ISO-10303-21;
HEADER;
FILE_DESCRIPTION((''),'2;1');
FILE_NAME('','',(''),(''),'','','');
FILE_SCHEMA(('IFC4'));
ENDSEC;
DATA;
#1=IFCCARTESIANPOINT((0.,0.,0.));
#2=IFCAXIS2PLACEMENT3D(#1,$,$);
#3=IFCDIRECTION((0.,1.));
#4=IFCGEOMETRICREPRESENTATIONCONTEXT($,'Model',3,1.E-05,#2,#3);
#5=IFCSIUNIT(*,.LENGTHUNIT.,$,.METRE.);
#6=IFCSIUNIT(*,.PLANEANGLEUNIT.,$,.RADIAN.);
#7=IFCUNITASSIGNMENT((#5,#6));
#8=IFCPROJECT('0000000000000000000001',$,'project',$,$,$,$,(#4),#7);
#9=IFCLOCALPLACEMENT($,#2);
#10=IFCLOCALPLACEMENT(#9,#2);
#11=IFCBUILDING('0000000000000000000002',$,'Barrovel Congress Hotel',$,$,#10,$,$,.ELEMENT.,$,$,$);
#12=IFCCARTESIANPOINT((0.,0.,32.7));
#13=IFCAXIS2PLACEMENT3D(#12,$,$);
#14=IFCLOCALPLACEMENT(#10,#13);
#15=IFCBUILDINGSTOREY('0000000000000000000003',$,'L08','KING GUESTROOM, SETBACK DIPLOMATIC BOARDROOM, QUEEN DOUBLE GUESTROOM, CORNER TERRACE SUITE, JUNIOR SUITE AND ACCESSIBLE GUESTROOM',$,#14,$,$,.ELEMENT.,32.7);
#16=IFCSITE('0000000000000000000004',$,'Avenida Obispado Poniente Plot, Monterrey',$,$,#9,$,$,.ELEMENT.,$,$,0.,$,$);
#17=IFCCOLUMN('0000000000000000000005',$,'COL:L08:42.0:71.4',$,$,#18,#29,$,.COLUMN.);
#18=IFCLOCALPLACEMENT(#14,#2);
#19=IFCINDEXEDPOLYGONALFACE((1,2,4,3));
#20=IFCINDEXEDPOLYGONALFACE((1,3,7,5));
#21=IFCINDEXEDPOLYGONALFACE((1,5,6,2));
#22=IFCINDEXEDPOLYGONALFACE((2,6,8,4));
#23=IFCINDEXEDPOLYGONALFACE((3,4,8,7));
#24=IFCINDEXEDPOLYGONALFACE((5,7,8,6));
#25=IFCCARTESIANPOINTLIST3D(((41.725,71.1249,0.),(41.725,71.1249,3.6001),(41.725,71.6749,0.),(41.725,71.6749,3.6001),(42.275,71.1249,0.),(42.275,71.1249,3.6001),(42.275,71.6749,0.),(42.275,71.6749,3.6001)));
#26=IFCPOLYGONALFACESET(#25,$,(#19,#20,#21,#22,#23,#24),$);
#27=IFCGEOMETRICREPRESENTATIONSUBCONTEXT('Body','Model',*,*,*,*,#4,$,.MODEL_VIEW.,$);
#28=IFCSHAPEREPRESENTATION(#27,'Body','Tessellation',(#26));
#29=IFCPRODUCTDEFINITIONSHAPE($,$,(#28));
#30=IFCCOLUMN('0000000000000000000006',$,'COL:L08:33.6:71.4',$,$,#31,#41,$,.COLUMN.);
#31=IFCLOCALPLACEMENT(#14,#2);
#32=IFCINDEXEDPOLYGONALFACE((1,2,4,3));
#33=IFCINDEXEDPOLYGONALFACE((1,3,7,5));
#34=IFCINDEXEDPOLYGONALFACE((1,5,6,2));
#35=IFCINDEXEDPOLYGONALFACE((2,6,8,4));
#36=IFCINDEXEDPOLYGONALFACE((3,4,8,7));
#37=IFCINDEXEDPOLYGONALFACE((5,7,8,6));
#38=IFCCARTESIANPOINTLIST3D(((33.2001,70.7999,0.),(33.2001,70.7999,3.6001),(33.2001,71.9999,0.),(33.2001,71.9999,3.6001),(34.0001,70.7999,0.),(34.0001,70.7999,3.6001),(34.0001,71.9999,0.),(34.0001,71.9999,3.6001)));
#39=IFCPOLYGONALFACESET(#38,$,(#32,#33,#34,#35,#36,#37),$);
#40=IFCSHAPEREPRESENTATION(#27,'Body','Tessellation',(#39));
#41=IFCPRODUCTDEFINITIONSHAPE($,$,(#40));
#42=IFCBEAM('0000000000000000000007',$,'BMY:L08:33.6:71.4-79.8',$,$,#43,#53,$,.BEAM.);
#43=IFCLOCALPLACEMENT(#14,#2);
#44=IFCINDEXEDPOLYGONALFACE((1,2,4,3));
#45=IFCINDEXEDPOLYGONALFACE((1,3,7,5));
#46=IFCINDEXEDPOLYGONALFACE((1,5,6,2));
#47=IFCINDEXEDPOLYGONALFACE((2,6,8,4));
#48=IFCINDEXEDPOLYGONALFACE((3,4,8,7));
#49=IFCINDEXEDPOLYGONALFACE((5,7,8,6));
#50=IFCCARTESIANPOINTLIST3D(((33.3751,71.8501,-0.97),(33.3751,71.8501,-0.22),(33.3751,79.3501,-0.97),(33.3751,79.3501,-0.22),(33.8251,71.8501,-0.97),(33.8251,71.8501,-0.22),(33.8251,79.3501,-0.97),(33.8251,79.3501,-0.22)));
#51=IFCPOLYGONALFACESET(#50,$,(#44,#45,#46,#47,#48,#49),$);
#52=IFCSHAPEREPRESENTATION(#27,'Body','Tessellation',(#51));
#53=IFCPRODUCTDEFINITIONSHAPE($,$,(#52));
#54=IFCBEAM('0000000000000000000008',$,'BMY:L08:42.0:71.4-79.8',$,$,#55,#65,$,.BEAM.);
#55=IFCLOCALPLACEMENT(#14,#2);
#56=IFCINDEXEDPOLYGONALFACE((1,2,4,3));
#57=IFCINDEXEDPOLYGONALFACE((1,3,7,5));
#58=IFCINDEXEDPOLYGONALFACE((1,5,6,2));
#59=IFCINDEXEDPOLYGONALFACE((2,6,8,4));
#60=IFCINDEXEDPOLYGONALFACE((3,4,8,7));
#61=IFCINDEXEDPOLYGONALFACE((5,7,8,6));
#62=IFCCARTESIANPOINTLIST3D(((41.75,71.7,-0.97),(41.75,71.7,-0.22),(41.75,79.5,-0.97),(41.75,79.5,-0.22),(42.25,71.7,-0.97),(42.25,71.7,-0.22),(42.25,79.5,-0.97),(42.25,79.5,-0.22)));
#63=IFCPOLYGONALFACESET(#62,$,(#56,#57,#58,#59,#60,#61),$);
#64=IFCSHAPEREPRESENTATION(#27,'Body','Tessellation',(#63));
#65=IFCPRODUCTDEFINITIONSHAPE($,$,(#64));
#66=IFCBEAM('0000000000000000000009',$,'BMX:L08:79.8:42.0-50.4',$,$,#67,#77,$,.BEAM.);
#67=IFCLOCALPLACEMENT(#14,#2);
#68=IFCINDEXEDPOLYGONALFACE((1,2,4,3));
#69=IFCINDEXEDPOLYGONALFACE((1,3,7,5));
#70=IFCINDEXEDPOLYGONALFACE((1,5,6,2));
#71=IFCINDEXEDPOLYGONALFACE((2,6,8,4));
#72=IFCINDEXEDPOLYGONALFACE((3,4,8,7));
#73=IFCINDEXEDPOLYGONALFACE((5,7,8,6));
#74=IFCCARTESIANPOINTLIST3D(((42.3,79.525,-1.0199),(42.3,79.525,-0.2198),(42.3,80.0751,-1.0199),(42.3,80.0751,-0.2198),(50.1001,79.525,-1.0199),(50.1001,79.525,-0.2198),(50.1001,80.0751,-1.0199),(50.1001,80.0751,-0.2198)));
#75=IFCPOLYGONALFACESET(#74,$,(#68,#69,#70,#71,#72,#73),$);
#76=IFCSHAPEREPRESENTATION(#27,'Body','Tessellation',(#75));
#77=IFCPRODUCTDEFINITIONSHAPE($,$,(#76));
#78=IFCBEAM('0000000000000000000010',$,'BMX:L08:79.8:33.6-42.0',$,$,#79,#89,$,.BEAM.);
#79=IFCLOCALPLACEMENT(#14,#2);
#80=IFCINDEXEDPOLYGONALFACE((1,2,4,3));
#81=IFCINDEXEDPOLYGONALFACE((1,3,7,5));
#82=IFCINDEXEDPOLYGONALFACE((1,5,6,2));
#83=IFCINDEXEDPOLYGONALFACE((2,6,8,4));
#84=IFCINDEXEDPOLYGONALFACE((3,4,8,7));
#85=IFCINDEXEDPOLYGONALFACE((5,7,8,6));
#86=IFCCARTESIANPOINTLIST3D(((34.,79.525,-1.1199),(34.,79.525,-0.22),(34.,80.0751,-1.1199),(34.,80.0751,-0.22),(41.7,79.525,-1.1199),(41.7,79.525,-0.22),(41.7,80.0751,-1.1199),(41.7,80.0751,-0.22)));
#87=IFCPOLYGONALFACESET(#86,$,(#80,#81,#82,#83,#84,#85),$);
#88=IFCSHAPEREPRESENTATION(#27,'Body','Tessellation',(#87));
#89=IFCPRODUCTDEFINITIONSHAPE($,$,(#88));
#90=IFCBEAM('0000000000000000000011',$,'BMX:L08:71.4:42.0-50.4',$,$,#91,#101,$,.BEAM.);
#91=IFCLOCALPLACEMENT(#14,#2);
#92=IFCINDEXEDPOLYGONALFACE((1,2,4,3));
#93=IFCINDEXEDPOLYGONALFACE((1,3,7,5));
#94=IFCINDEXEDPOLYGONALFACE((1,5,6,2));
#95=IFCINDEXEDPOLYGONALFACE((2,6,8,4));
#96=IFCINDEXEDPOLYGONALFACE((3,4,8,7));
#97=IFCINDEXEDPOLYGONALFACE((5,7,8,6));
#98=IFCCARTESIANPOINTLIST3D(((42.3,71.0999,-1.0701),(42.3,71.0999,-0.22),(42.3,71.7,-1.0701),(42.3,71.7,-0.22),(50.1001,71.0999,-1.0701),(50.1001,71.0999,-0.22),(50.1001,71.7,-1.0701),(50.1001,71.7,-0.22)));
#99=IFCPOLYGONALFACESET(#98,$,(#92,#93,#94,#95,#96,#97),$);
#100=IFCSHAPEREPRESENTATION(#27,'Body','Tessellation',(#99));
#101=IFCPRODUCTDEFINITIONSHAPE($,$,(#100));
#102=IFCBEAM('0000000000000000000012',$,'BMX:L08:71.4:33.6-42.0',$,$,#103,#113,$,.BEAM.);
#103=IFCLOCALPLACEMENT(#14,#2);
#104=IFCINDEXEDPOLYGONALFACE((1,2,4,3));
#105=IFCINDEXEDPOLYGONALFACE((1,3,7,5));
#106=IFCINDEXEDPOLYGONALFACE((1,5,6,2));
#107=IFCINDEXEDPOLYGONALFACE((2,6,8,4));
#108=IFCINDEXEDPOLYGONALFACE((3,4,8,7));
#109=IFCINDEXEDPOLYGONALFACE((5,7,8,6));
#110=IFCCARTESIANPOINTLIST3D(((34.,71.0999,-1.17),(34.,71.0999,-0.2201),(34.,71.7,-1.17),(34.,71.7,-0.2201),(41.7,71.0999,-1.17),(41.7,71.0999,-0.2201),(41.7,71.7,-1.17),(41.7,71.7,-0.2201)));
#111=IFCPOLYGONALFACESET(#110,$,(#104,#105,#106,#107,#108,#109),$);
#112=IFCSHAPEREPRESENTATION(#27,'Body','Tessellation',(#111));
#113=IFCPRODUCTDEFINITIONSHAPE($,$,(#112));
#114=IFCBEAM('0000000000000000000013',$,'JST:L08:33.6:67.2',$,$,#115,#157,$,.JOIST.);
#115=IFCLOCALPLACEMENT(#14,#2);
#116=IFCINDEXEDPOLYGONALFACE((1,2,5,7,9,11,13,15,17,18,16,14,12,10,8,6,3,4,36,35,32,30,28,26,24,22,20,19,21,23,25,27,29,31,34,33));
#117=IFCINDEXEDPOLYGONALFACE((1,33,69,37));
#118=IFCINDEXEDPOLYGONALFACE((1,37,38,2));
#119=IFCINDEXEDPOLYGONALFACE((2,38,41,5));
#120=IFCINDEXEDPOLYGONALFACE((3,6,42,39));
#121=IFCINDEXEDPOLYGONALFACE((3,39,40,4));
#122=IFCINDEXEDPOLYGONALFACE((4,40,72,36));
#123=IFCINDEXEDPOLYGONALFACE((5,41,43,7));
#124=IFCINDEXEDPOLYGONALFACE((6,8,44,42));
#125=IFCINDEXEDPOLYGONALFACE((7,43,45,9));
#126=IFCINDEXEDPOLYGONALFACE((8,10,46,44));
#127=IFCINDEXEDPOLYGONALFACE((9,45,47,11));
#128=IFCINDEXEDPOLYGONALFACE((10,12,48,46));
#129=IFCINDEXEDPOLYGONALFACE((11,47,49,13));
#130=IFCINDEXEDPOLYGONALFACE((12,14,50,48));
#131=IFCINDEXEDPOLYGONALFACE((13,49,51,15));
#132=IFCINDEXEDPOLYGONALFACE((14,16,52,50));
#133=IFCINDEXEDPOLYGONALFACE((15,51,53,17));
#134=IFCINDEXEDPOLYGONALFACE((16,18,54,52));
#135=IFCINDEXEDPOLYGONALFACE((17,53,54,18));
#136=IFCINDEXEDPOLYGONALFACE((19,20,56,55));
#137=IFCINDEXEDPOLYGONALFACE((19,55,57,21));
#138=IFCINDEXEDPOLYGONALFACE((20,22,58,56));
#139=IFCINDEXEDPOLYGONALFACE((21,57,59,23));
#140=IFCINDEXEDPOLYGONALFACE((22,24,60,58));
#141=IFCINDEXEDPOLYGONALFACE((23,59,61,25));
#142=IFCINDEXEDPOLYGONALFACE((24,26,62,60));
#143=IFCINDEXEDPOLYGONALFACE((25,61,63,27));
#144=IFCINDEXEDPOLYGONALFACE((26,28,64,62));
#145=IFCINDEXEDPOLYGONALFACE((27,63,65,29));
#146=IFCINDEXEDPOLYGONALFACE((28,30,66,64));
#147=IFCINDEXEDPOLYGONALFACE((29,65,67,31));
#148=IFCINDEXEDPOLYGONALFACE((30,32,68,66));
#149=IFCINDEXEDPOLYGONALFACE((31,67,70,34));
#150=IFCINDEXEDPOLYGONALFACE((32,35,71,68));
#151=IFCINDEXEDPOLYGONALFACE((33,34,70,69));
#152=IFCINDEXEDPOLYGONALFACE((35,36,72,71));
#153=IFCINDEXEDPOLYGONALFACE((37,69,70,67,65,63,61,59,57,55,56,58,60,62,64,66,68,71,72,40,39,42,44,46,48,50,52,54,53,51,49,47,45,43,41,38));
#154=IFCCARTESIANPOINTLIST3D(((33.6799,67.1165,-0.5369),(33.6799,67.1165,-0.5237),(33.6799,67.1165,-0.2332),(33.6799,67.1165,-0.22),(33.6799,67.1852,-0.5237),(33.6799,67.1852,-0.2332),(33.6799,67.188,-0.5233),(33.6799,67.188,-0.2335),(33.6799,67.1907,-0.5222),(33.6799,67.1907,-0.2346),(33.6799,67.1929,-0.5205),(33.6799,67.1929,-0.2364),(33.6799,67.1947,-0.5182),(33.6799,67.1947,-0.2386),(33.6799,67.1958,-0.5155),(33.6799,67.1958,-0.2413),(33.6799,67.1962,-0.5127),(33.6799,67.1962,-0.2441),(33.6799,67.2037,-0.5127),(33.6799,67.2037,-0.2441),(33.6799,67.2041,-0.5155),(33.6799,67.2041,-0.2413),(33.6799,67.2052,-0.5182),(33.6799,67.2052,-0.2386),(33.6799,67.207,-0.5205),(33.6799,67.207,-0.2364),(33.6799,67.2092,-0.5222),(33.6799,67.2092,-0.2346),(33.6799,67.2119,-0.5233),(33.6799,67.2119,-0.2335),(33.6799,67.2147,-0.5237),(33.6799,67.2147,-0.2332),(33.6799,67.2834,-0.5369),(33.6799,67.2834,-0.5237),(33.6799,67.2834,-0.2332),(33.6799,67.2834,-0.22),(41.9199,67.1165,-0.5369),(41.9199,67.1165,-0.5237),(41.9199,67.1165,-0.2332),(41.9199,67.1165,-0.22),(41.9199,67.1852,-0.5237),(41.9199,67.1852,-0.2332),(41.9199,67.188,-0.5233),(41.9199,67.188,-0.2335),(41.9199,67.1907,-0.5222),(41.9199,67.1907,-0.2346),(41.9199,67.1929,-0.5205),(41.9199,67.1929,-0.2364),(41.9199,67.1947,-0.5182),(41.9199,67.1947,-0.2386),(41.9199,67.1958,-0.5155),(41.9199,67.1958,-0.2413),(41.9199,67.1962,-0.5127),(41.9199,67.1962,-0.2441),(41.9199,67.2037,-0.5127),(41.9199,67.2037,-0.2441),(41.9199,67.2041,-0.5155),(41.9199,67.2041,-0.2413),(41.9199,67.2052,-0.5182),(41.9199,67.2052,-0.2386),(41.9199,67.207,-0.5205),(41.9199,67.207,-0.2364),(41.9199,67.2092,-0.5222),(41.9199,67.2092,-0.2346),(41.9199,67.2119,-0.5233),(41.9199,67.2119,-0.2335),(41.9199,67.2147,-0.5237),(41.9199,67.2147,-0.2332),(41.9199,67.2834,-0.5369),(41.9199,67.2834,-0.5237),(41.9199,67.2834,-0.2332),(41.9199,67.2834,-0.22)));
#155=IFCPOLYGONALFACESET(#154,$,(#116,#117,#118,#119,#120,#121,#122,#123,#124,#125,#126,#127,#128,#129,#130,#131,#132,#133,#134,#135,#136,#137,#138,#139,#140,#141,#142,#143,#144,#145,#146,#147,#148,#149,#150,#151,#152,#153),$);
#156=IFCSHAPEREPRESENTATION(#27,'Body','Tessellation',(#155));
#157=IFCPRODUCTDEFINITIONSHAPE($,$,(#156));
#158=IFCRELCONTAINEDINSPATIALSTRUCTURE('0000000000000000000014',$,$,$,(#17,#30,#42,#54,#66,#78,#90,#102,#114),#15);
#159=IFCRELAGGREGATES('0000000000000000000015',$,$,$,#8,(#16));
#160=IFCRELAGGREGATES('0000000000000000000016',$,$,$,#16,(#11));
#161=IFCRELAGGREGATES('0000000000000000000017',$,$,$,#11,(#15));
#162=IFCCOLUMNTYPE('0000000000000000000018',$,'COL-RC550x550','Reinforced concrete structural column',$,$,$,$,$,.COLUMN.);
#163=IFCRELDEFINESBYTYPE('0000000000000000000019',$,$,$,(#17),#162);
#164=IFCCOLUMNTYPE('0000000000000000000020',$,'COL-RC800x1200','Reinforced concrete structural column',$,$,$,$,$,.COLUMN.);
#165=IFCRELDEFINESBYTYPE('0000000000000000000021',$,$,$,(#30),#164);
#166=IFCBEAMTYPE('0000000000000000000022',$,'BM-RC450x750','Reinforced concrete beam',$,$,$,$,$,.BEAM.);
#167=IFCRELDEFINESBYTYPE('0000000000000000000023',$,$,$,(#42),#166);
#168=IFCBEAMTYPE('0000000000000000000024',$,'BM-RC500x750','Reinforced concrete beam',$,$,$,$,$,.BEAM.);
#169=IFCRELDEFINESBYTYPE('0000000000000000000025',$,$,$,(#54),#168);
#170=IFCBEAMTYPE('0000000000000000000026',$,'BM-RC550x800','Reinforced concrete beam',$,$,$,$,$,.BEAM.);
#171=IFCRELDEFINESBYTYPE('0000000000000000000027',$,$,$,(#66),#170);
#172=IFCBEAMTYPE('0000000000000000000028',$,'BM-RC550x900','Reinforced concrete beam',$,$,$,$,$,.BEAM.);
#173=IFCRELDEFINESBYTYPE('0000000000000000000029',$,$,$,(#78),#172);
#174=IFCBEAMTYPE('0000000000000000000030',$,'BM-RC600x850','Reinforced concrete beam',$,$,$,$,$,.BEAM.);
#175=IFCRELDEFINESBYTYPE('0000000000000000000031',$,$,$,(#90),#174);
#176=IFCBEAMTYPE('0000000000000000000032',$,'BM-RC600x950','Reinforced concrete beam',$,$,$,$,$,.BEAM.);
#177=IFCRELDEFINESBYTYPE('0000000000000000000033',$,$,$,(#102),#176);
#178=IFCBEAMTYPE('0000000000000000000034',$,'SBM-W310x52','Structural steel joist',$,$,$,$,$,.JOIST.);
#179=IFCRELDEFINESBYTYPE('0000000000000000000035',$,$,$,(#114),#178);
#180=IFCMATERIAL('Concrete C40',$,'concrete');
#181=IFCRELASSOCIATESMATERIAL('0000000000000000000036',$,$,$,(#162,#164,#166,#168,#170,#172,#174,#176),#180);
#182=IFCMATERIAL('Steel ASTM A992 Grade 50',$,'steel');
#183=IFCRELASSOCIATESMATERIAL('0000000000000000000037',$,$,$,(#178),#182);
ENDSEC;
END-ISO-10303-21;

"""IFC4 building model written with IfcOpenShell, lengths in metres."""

from ifc_helpers import new_model, si_unit, direction, frame, origin, origin_2d, place, context, subcontext, project, spatial, rectangle, i_section, extrude, material, material_profile, profile_set, type_object, element, save


model = new_model("IFC4")

# Units and contexts
model_context = context("Model", 3, precision=1e-05, world=origin(), true_north=direction((0.0, 1.0)))
body_context = subcontext(model_context, "Body", "Model", "MODEL_VIEW")
ifc_project = project(units=[si_unit("LENGTHUNIT", "METRE"), si_unit("PLANEANGLEUNIT", "RADIAN")], contexts=[model_context])

# Site, building, storey
site_placement = place(None, origin())
site = spatial("IfcSite", under=ifc_project, at=site_placement, Name="Avenida Obispado Poniente Plot, Monterrey", CompositionType="ELEMENT", RefElevation=0.0)
building_placement = place(site_placement, origin())
building = spatial("IfcBuilding", under=site, at=building_placement, Name="Barrovel Congress Hotel", CompositionType="ELEMENT")
storey_placement = place(building_placement, frame((0.0, 0.0, 32.7)))
storey = spatial("IfcBuildingStorey", under=building, at=storey_placement, Name="L08", Description="KING GUESTROOM, SETBACK DIPLOMATIC BOARDROOM, QUEEN DOUBLE GUESTROOM, CORNER TERRACE SUITE, JUNIOR SUITE AND ACCESSIBLE GUESTROOM", CompositionType="ELEMENT", Elevation=32.7)

# Columns
ifc_material_1 = material(Name="Concrete C40", Category="concrete")
ifc_material_profile_1 = material_profile(ifc_material_1, rectangle(XDim=0.55, YDim=0.55, at=origin_2d()), Name="RC550x550")
ifc_profile_set_1 = profile_set([ifc_material_profile_1], Name="Concrete C40")
column_type_1 = type_object("IfcColumnType", Name="COL-RC550x550", Description="Reinforced concrete structural column", PredefinedType="COLUMN", material=ifc_profile_set_1)
column_1_placement = place(storey_placement, frame((42.0, 71.3999, 0.0), z_axis=(0.0, 0.0, 1.0), x_axis=(1.0, 0.0, 0.0)))
element("IfcColumn", 1, at=column_1_placement, inside=storey, type_object=column_type_1, Name="COL:L08:42.0:71.4", PredefinedType="COLUMN", context=body_context, shape_type="SweptSolid", body=[
    extrude(rectangle(XDim=0.55, YDim=0.55, at=origin_2d()), origin(), (0.0, 0.0, 1.0), 3.6001),
])
ifc_material_profile_2 = material_profile(ifc_material_1, rectangle(XDim=0.8, YDim=1.2, at=origin_2d()), Name="RC800x1200")
ifc_profile_set_2 = profile_set([ifc_material_profile_2], Name="Concrete C40")
column_type_2 = type_object("IfcColumnType", Name="COL-RC800x1200", Description="Reinforced concrete structural column", PredefinedType="COLUMN", material=ifc_profile_set_2)
column_2_placement = place(storey_placement, frame((33.6001, 71.3999, 0.0), z_axis=(0.0, 0.0, 1.0), x_axis=(1.0, 0.0, 0.0)))
element("IfcColumn", 2, at=column_2_placement, inside=storey, type_object=column_type_2, Name="COL:L08:33.6:71.4", PredefinedType="COLUMN", context=body_context, shape_type="SweptSolid", body=[
    extrude(rectangle(XDim=0.8, YDim=1.2, at=origin_2d()), origin(), (0.0, 0.0, 1.0), 3.6001),
])

# Beams
ifc_material_profile_3 = material_profile(ifc_material_1, rectangle(XDim=0.45, YDim=0.75, at=origin_2d()), Name="RC450x750")
ifc_profile_set_3 = profile_set([ifc_material_profile_3], Name="Concrete C40")
beam_type_1 = type_object("IfcBeamType", Name="BM-RC450x750", Description="Reinforced concrete beam", PredefinedType="BEAM", material=ifc_profile_set_3)
beam_1_placement = place(storey_placement, frame((33.6001, 71.8501, -0.595), z_axis=(0.0, 1.0, 0.0), x_axis=(-1.0, 0.0, 0.0)))
element("IfcBeam", 3, at=beam_1_placement, inside=storey, type_object=beam_type_1, Name="BMY:L08:33.6:71.4-79.8", PredefinedType="BEAM", context=body_context, shape_type="SweptSolid", body=[
    extrude(rectangle(XDim=0.45, YDim=0.75, at=origin_2d()), origin(), (0.0, 0.0, 1.0), 7.5),
])
ifc_material_profile_4 = material_profile(ifc_material_1, rectangle(XDim=0.5, YDim=0.75, at=origin_2d()), Name="RC500x750")
ifc_profile_set_4 = profile_set([ifc_material_profile_4], Name="Concrete C40")
beam_type_2 = type_object("IfcBeamType", Name="BM-RC500x750", Description="Reinforced concrete beam", PredefinedType="BEAM", material=ifc_profile_set_4)
beam_2_placement = place(storey_placement, frame((42.0, 71.7, -0.595), z_axis=(0.0, 1.0, 0.0), x_axis=(-1.0, 0.0, 0.0)))
element("IfcBeam", 4, at=beam_2_placement, inside=storey, type_object=beam_type_2, Name="BMY:L08:42.0:71.4-79.8", PredefinedType="BEAM", context=body_context, shape_type="SweptSolid", body=[
    extrude(rectangle(XDim=0.5, YDim=0.75, at=origin_2d()), origin(), (0.0, 0.0, 1.0), 7.8),
])
ifc_material_profile_5 = material_profile(ifc_material_1, rectangle(XDim=0.55, YDim=0.8, at=origin_2d()), Name="RC550x800")
ifc_profile_set_5 = profile_set([ifc_material_profile_5], Name="Concrete C40")
beam_type_3 = type_object("IfcBeamType", Name="BM-RC550x800", Description="Reinforced concrete beam", PredefinedType="BEAM", material=ifc_profile_set_5)
beam_3_placement = place(storey_placement, frame((42.3, 79.8, -0.6199), z_axis=(1.0, 0.0, 0.0), x_axis=(0.0, 1.0, 0.0)))
element("IfcBeam", 5, at=beam_3_placement, inside=storey, type_object=beam_type_3, Name="BMX:L08:79.8:42.0-50.4", PredefinedType="BEAM", context=body_context, shape_type="SweptSolid", body=[
    extrude(rectangle(XDim=0.55, YDim=0.8, at=origin_2d()), origin(), (0.0, 0.0, 1.0), 7.8),
])
ifc_material_profile_6 = material_profile(ifc_material_1, rectangle(XDim=0.55, YDim=0.8999, at=origin_2d()), Name="RC550x900")
ifc_profile_set_6 = profile_set([ifc_material_profile_6], Name="Concrete C40")
beam_type_4 = type_object("IfcBeamType", Name="BM-RC550x900", Description="Reinforced concrete beam", PredefinedType="BEAM", material=ifc_profile_set_6)
beam_4_placement = place(storey_placement, frame((34.0, 79.8, -0.6699), z_axis=(1.0, 0.0, 0.0), x_axis=(0.0, 1.0, 0.0)))
element("IfcBeam", 6, at=beam_4_placement, inside=storey, type_object=beam_type_4, Name="BMX:L08:79.8:33.6-42.0", PredefinedType="BEAM", context=body_context, shape_type="SweptSolid", body=[
    extrude(rectangle(XDim=0.55, YDim=0.8999, at=origin_2d()), origin(), (0.0, 0.0, 1.0), 7.7),
])
ifc_material_profile_7 = material_profile(ifc_material_1, rectangle(XDim=0.6001, YDim=0.8501, at=origin_2d()), Name="RC600x850")
ifc_profile_set_7 = profile_set([ifc_material_profile_7], Name="Concrete C40")
beam_type_5 = type_object("IfcBeamType", Name="BM-RC600x850", Description="Reinforced concrete beam", PredefinedType="BEAM", material=ifc_profile_set_7)
beam_5_placement = place(storey_placement, frame((42.3, 71.3999, -0.645), z_axis=(1.0, 0.0, 0.0), x_axis=(0.0, 1.0, 0.0)))
element("IfcBeam", 7, at=beam_5_placement, inside=storey, type_object=beam_type_5, Name="BMX:L08:71.4:42.0-50.4", PredefinedType="BEAM", context=body_context, shape_type="SweptSolid", body=[
    extrude(rectangle(XDim=0.6001, YDim=0.8501, at=origin_2d()), origin(), (0.0, 0.0, 1.0), 7.8),
])
ifc_material_profile_8 = material_profile(ifc_material_1, rectangle(XDim=0.6001, YDim=0.95, at=origin_2d()), Name="RC600x950")
ifc_profile_set_8 = profile_set([ifc_material_profile_8], Name="Concrete C40")
beam_type_6 = type_object("IfcBeamType", Name="BM-RC600x950", Description="Reinforced concrete beam", PredefinedType="BEAM", material=ifc_profile_set_8)
beam_6_placement = place(storey_placement, frame((34.0, 71.3999, -0.6951), z_axis=(1.0, 0.0, 0.0), x_axis=(0.0, 1.0, 0.0)))
element("IfcBeam", 8, at=beam_6_placement, inside=storey, type_object=beam_type_6, Name="BMX:L08:71.4:33.6-42.0", PredefinedType="BEAM", context=body_context, shape_type="SweptSolid", body=[
    extrude(rectangle(XDim=0.6001, YDim=0.95, at=origin_2d()), origin(), (0.0, 0.0, 1.0), 7.7),
])
ifc_material_2 = material(Name="Steel ASTM A992 Grade 50", Category="steel")
ifc_material_profile_9 = material_profile(ifc_material_2, i_section(OverallWidth=0.167, OverallDepth=0.3169, WebThickness=0.0076, FlangeThickness=0.0132, FilletRadius=0.011, at=origin_2d()), Name="W310x52")
ifc_profile_set_9 = profile_set([ifc_material_profile_9], Name="Steel ASTM A992 Grade 50")
beam_type_7 = type_object("IfcBeamType", Name="SBM-W310x52", Description="Structural steel joist", PredefinedType="JOIST", material=ifc_profile_set_9)
beam_7_placement = place(storey_placement, frame((33.6799, 67.2, -0.3784), z_axis=(1.0, 0.0, 0.0), x_axis=(0.0, 1.0, 0.0)))
element("IfcBeam", 9, at=beam_7_placement, inside=storey, type_object=beam_type_7, Name="JST:L08:33.6:67.2", PredefinedType="JOIST", context=body_context, shape_type="SweptSolid", body=[
    extrude(i_section(OverallWidth=0.167, OverallDepth=0.3169, WebThickness=0.0076, FlangeThickness=0.0132, FilletRadius=0.011, at=origin_2d()), origin(), (0.0, 0.0, 1.0), 8.24),
])

save(model, "model.ifc")
